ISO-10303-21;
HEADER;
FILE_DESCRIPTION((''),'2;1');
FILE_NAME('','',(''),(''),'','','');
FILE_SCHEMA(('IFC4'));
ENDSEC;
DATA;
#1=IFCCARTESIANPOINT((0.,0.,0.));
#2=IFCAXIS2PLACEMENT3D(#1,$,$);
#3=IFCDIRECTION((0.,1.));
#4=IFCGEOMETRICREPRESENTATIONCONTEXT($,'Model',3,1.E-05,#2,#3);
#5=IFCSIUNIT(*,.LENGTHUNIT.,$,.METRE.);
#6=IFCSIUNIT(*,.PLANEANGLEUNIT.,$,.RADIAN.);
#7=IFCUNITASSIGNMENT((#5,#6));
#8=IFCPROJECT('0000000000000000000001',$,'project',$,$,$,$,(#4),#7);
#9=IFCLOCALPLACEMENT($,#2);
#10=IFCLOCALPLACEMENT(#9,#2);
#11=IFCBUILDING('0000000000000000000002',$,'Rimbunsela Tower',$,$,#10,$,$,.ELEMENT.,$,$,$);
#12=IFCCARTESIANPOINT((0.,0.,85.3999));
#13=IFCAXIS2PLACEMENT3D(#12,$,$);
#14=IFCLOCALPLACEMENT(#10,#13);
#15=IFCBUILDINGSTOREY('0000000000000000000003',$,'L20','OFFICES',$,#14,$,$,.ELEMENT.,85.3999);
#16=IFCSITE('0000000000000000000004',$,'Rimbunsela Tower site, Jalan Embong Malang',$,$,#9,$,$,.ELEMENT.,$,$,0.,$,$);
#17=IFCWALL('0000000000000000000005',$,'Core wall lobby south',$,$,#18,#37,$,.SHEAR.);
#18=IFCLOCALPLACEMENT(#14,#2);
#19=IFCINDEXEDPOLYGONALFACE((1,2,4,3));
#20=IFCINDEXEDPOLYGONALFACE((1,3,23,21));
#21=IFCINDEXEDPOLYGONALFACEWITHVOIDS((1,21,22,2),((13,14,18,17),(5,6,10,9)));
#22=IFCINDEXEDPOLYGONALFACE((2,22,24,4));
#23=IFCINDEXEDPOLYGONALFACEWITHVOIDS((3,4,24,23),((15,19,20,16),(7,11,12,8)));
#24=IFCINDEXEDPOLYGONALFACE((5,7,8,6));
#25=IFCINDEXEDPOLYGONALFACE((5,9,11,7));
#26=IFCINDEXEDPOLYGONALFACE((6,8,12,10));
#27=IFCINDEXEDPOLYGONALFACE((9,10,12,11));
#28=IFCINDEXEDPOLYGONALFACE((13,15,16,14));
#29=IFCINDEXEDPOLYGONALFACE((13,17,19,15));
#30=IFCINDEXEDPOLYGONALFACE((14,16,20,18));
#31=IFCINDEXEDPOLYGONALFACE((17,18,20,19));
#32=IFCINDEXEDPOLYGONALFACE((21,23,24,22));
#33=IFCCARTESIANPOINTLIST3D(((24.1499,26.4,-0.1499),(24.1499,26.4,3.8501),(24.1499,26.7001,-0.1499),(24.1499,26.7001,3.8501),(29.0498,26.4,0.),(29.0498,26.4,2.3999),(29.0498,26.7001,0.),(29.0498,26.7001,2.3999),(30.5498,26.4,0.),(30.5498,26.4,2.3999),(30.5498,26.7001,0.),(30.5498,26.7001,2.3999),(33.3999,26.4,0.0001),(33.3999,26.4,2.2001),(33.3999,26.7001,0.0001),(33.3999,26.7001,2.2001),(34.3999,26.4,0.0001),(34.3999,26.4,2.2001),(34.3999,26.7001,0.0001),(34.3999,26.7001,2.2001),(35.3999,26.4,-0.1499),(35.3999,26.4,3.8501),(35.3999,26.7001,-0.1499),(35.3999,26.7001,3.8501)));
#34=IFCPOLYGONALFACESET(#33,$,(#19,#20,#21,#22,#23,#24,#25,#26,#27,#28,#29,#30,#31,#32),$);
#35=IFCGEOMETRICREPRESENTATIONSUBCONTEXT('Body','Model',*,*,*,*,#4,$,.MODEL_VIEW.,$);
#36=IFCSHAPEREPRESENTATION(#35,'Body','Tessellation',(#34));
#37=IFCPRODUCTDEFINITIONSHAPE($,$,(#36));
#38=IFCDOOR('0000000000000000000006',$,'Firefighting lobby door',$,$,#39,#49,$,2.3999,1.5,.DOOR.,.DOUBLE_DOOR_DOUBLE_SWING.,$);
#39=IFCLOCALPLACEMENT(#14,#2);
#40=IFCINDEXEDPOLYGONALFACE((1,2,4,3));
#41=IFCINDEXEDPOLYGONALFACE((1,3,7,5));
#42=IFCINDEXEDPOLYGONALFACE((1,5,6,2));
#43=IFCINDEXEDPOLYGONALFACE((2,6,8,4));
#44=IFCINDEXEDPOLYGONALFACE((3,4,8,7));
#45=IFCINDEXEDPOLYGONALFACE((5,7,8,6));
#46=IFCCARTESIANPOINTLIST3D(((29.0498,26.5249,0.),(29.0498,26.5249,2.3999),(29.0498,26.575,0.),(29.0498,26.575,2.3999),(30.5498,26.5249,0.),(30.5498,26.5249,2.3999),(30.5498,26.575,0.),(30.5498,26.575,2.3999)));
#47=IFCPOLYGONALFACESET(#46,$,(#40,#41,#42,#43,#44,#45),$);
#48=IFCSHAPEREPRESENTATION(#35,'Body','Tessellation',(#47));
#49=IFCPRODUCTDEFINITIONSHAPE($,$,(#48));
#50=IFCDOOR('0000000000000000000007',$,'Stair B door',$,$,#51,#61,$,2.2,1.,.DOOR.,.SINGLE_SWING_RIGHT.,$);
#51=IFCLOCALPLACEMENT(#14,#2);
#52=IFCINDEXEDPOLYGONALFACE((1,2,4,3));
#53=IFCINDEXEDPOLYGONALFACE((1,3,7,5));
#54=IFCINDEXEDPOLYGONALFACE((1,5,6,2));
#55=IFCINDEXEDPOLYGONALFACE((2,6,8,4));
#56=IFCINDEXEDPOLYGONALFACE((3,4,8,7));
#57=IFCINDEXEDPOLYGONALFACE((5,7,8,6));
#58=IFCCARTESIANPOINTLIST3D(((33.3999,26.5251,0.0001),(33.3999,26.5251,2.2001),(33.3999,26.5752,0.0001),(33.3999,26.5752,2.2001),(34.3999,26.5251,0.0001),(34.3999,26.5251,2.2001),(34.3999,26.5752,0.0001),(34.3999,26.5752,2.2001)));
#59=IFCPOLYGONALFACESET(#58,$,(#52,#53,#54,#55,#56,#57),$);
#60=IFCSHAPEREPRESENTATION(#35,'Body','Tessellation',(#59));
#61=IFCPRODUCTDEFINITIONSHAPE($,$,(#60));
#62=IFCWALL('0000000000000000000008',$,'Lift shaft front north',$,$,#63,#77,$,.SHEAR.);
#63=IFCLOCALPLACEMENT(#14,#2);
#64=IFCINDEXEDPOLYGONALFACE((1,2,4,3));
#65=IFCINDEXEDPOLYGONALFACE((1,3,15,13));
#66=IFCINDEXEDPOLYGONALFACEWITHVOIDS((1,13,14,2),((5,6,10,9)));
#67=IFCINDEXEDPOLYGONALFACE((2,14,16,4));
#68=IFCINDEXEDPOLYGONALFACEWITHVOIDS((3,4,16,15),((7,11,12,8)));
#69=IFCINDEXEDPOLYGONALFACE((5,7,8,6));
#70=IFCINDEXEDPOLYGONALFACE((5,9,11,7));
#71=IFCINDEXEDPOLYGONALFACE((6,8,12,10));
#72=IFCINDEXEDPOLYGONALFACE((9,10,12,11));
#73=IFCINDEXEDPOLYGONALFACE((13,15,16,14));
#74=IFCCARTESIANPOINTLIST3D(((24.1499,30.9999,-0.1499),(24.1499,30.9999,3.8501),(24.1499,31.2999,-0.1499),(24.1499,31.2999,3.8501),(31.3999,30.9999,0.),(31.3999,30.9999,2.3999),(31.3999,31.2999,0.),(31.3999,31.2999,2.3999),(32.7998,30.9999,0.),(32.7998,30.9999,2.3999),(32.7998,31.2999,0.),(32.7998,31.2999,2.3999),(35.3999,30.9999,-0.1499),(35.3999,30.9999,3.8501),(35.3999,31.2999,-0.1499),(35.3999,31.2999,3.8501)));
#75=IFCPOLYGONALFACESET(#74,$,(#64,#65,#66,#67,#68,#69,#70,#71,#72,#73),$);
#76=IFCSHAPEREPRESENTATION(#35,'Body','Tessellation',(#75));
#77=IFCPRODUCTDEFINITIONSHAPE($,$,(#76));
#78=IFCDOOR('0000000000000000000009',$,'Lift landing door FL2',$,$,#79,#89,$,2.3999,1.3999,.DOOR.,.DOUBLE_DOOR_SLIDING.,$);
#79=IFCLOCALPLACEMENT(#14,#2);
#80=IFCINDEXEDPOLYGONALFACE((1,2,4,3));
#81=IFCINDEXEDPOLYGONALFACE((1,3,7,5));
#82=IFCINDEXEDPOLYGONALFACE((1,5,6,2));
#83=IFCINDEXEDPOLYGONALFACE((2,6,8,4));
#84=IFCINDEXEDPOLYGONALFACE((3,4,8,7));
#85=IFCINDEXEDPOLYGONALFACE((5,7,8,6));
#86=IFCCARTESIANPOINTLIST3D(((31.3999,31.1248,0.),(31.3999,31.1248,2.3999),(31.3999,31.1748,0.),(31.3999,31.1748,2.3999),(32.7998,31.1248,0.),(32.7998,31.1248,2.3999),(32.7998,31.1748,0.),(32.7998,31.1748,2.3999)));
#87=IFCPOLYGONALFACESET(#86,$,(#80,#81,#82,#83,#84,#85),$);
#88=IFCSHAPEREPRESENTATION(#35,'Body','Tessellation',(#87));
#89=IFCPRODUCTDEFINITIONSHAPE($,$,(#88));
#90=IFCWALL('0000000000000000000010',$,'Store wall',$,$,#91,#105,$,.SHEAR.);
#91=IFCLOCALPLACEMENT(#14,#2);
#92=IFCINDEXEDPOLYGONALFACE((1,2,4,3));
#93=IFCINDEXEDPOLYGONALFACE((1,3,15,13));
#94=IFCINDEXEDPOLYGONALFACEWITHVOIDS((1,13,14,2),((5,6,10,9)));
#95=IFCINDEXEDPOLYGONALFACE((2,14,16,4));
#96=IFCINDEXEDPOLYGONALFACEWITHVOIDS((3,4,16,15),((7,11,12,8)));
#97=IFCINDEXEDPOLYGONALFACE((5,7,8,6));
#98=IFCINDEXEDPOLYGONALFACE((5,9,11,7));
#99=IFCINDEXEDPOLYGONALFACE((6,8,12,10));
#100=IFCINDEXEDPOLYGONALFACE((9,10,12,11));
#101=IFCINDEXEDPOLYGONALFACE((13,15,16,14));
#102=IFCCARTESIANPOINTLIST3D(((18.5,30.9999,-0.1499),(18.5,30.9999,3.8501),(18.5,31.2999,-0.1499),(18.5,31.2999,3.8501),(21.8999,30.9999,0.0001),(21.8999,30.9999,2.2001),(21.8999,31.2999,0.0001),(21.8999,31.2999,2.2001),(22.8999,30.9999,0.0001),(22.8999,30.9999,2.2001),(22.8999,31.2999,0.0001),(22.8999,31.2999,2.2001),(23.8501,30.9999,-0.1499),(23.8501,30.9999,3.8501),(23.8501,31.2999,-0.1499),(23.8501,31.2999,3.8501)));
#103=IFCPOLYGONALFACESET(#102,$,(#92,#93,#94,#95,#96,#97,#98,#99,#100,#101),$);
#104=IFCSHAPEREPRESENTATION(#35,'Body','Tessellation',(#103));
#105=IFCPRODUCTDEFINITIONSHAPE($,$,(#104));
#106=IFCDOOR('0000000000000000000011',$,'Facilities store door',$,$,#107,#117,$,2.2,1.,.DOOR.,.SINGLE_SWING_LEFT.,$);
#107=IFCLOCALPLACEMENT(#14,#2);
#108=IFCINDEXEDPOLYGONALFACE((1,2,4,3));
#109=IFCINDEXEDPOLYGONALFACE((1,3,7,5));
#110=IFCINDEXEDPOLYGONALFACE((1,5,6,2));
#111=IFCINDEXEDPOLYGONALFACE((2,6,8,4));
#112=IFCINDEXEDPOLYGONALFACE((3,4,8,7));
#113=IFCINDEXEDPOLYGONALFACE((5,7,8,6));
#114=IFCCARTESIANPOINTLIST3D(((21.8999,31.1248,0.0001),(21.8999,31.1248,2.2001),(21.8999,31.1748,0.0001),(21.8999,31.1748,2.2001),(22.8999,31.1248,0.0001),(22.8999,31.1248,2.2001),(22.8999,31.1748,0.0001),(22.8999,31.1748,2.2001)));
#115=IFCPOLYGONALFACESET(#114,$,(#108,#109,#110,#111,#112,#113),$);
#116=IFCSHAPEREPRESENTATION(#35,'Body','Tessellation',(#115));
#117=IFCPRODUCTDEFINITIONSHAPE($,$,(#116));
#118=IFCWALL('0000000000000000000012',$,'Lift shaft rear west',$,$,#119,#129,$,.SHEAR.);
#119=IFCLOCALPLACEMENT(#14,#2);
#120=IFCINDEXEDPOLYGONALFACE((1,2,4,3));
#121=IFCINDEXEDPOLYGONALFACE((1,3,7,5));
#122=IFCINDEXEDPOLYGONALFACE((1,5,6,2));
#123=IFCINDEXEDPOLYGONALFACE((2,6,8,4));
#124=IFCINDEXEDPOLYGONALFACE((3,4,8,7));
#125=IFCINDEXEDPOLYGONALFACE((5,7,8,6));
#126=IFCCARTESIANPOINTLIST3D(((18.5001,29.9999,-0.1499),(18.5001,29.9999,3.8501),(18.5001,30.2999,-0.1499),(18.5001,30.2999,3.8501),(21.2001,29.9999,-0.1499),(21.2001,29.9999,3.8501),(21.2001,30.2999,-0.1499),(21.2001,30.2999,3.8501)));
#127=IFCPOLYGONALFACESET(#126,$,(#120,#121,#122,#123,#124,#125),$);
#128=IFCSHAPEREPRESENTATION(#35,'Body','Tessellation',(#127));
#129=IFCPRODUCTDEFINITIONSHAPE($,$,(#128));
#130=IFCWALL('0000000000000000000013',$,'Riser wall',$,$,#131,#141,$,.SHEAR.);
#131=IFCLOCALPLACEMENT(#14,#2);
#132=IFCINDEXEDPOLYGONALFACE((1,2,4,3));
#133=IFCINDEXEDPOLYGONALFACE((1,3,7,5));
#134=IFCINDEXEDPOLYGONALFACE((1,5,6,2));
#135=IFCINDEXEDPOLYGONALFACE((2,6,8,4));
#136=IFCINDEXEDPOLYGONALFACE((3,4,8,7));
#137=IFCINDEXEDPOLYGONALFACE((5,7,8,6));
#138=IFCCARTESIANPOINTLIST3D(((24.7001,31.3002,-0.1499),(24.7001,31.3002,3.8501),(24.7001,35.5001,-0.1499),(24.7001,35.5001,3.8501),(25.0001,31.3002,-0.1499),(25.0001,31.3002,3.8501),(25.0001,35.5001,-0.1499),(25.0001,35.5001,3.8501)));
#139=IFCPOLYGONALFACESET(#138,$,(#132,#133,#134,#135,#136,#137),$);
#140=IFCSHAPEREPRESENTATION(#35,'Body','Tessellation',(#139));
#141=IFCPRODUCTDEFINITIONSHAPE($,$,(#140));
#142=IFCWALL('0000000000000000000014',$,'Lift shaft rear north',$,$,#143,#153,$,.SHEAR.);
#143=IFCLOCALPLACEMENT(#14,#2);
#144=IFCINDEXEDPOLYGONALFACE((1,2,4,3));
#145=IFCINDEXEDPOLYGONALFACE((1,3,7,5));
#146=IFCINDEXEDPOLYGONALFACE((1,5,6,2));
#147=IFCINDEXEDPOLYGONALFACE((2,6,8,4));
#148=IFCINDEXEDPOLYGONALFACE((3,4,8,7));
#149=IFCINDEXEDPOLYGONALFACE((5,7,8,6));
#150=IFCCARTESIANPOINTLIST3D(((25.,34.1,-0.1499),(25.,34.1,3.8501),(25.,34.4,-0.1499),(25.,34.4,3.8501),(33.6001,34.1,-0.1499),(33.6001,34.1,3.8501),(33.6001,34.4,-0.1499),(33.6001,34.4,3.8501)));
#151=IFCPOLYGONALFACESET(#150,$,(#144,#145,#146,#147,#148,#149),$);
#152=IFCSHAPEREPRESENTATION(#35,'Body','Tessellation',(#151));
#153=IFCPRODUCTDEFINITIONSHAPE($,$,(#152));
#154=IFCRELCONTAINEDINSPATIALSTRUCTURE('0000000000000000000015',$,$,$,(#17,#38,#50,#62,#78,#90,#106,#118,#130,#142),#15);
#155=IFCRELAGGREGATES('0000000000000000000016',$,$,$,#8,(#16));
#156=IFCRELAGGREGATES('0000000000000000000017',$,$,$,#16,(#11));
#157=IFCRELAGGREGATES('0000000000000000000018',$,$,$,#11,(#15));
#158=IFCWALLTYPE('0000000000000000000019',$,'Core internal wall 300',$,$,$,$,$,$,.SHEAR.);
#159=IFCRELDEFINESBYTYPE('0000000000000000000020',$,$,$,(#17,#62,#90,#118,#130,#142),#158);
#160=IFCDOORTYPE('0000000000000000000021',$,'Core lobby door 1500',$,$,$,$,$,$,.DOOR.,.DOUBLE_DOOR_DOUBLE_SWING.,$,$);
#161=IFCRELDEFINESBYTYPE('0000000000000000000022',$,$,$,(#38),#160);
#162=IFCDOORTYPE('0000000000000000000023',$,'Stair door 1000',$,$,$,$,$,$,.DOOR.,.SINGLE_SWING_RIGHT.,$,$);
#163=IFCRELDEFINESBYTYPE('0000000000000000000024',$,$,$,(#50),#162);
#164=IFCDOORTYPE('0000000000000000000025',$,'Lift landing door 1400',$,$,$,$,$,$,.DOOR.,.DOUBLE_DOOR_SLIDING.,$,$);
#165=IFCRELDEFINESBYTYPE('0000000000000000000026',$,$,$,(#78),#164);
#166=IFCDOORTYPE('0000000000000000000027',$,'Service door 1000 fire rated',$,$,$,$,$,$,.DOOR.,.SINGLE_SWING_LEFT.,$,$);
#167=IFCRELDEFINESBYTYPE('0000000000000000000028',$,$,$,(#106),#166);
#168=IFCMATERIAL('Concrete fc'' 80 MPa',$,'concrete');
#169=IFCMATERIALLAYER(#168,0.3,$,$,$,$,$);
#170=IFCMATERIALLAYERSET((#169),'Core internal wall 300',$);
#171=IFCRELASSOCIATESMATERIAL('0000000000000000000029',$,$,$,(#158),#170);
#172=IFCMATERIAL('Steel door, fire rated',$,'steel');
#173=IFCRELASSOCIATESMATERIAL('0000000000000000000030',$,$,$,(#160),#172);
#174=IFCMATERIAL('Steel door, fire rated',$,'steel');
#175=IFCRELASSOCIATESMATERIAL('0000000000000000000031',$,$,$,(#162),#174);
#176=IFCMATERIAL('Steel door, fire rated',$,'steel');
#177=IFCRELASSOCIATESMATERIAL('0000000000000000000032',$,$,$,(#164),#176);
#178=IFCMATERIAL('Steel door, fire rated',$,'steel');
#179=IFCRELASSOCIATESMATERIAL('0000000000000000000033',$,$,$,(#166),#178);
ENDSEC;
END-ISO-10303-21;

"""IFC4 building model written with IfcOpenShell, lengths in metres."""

from ifc_helpers import new_model, si_unit, direction, frame, frame_2d, origin, place, context, subcontext, project, spatial, rectangle, extrude, material, layer, layer_set, type_object, element, fill, save


model = new_model("IFC4")

# Units and contexts
model_context = context("Model", 3, precision=1e-05, world=origin(), true_north=direction((0.0, 1.0)))
body_context = subcontext(model_context, "Body", "Model", "MODEL_VIEW")
ifc_project = project(units=[si_unit("LENGTHUNIT", "METRE"), si_unit("PLANEANGLEUNIT", "RADIAN")], contexts=[model_context])

# Site, building, storey
site_placement = place(None, origin())
site = spatial("IfcSite", under=ifc_project, at=site_placement, Name="Rimbunsela Tower site, Jalan Embong Malang", CompositionType="ELEMENT", RefElevation=0.0)
building_placement = place(site_placement, origin())
building = spatial("IfcBuilding", under=site, at=building_placement, Name="Rimbunsela Tower", CompositionType="ELEMENT")
storey_placement = place(building_placement, frame((0.0, 0.0, 85.3999)))
storey = spatial("IfcBuildingStorey", under=building, at=storey_placement, Name="L20", Description="OFFICES", CompositionType="ELEMENT", Elevation=85.3999)

# Wall, openings, doors
ifc_material_1 = material(Name="Concrete fc' 80 MPa", Category="concrete")
ifc_layer_1 = layer(ifc_material_1, 0.3)
ifc_layer_set_1 = layer_set([ifc_layer_1], Name="Core internal wall 300")
wall_type_1 = type_object("IfcWallType", Name="Core internal wall 300", PredefinedType="SHEAR", material=ifc_layer_set_1)
wall_1_placement = place(storey_placement, frame((24.1499, 26.55, -0.1499), z_axis=(0.0, 0.0, 1.0), x_axis=(1.0, 0.0, 0.0)))
wall_1 = element("IfcWall", 1, at=wall_1_placement, inside=storey, type_object=wall_type_1, Name="Core wall lobby south", PredefinedType="SHEAR", context=body_context, shape_type="SweptSolid", body=[
    extrude(rectangle(XDim=11.25, YDim=0.3, at=frame_2d((5.625, 0.0))), origin(), (0.0, 0.0, 1.0), 4.0),
])
opening_1_placement = place(wall_1_placement, frame((9.25, 0.0, 0.1499)))
opening_1 = element("IfcOpeningElement", 2, at=opening_1_placement, cuts=wall_1, PredefinedType="OPENING", context=body_context, shape_type="SweptSolid", body=[
    extrude(rectangle(XDim=1.0, YDim=2.2, at=frame_2d((0.5, 1.1001))), frame((0.0, 0.1599, 0.0), z_axis=(0.0, -1.0, 0.0), x_axis=(1.0, 0.0, 0.0)), (0.0, 0.0, 1.0), 0.3201),
])
opening_2_placement = place(wall_1_placement, frame((4.8999, 0.0, 0.1499)))
opening_2 = element("IfcOpeningElement", 3, at=opening_2_placement, cuts=wall_1, PredefinedType="OPENING", context=body_context, shape_type="SweptSolid", body=[
    extrude(rectangle(XDim=1.5, YDim=2.3999, at=frame_2d((0.75, 1.2))), frame((0.0, 0.1599, 0.0), z_axis=(0.0, -1.0, 0.0), x_axis=(1.0, 0.0, 0.0)), (0.0, 0.0, 1.0), 0.3201),
])
ifc_material_2 = material(Name="Steel door, fire rated", Category="steel")
door_type_1 = type_object("IfcDoorType", Name="Core lobby door 1500", OperationType="DOUBLE_DOOR_DOUBLE_SWING", PredefinedType="DOOR", material=ifc_material_2)
door_1_placement = place(opening_2_placement, origin())
door_1 = element("IfcDoor", 4, at=door_1_placement, inside=storey, type_object=door_type_1, Name="Firefighting lobby door", OperationType="DOUBLE_DOOR_DOUBLE_SWING", OverallHeight=2.3999, OverallWidth=1.5, PredefinedType="DOOR", context=body_context, shape_type="SweptSolid", body=[
    extrude(rectangle(XDim=1.5, YDim=2.3999, at=frame_2d((0.75, 1.2))), frame((0.0, 0.0249, 0.0), z_axis=(0.0, -1.0, 0.0), x_axis=(1.0, 0.0, 0.0)), (0.0, 0.0, 1.0), 0.05),
])
fill(opening_2, door_1)
ifc_material_3 = material(Name="Steel door, fire rated", Category="steel")
door_type_2 = type_object("IfcDoorType", Name="Stair door 1000", OperationType="SINGLE_SWING_RIGHT", PredefinedType="DOOR", material=ifc_material_3)
door_2_placement = place(opening_1_placement, frame((1.0, 0.0, 0.0), z_axis=(0.0, 0.0, 1.0), x_axis=(-1.0, 0.0, 0.0)))
door_2 = element("IfcDoor", 5, at=door_2_placement, inside=storey, type_object=door_type_2, Name="Stair B door", OperationType="SINGLE_SWING_RIGHT", OverallHeight=2.2, OverallWidth=1.0, PredefinedType="DOOR", context=body_context, shape_type="SweptSolid", body=[
    extrude(rectangle(XDim=1.0, YDim=2.2, at=frame_2d((0.5, 1.1001))), frame((0.0, 0.0249, 0.0), z_axis=(0.0, -1.0, 0.0), x_axis=(1.0, 0.0, 0.0)), (0.0, 0.0, 1.0), 0.05),
])
fill(opening_1, door_2)

# Walls, openings, doors
wall_2_placement = place(storey_placement, frame((24.1499, 31.1499, -0.1499), z_axis=(0.0, 0.0, 1.0), x_axis=(1.0, 0.0, 0.0)))
wall_2 = element("IfcWall", 6, at=wall_2_placement, inside=storey, type_object=wall_type_1, Name="Lift shaft front north", PredefinedType="SHEAR", context=body_context, shape_type="SweptSolid", body=[
    extrude(rectangle(XDim=11.25, YDim=0.3, at=frame_2d((5.625, 0.0))), origin(), (0.0, 0.0, 1.0), 4.0),
])
opening_3_placement = place(wall_2_placement, frame((7.25, 0.0, 0.1499)))
opening_3 = element("IfcOpeningElement", 7, at=opening_3_placement, cuts=wall_2, PredefinedType="OPENING", context=body_context, shape_type="SweptSolid", body=[
    extrude(rectangle(XDim=1.3999, YDim=2.3999, at=frame_2d((0.7, 1.2))), frame((0.0, 0.1599, 0.0), z_axis=(0.0, -1.0, 0.0), x_axis=(1.0, 0.0, 0.0)), (0.0, 0.0, 1.0), 0.3201),
])
ifc_material_4 = material(Name="Steel door, fire rated", Category="steel")
door_type_3 = type_object("IfcDoorType", Name="Lift landing door 1400", OperationType="DOUBLE_DOOR_SLIDING", PredefinedType="DOOR", material=ifc_material_4)
door_3_placement = place(opening_3_placement, origin())
door_3 = element("IfcDoor", 8, at=door_3_placement, inside=storey, type_object=door_type_3, Name="Lift landing door FL2", OperationType="DOUBLE_DOOR_SLIDING", OverallHeight=2.3999, OverallWidth=1.3999, PredefinedType="DOOR", context=body_context, shape_type="SweptSolid", body=[
    extrude(rectangle(XDim=1.3999, YDim=2.3999, at=frame_2d((0.7, 1.2))), frame((0.0, 0.0249, 0.0), z_axis=(0.0, -1.0, 0.0), x_axis=(1.0, 0.0, 0.0)), (0.0, 0.0, 1.0), 0.05),
])
fill(opening_3, door_3)
wall_3_placement = place(storey_placement, frame((18.5, 31.1499, -0.1499), z_axis=(0.0, 0.0, 1.0), x_axis=(1.0, 0.0, 0.0)))
wall_3 = element("IfcWall", 9, at=wall_3_placement, inside=storey, type_object=wall_type_1, Name="Store wall", PredefinedType="SHEAR", context=body_context, shape_type="SweptSolid", body=[
    extrude(rectangle(XDim=5.3501, YDim=0.3, at=frame_2d((2.675, 0.0))), origin(), (0.0, 0.0, 1.0), 4.0),
])
opening_4_placement = place(wall_3_placement, frame((3.3999, 0.0, 0.1499)))
opening_4 = element("IfcOpeningElement", 10, at=opening_4_placement, cuts=wall_3, PredefinedType="OPENING", context=body_context, shape_type="SweptSolid", body=[
    extrude(rectangle(XDim=1.0, YDim=2.2, at=frame_2d((0.5, 1.1001))), frame((0.0, 0.1599, 0.0), z_axis=(0.0, -1.0, 0.0), x_axis=(1.0, 0.0, 0.0)), (0.0, 0.0, 1.0), 0.3201),
])
ifc_material_5 = material(Name="Steel door, fire rated", Category="steel")
door_type_4 = type_object("IfcDoorType", Name="Service door 1000 fire rated", OperationType="SINGLE_SWING_LEFT", PredefinedType="DOOR", material=ifc_material_5)
door_4_placement = place(opening_4_placement, origin())
door_4 = element("IfcDoor", 11, at=door_4_placement, inside=storey, type_object=door_type_4, Name="Facilities store door", OperationType="SINGLE_SWING_LEFT", OverallHeight=2.2, OverallWidth=1.0, PredefinedType="DOOR", context=body_context, shape_type="SweptSolid", body=[
    extrude(rectangle(XDim=1.0, YDim=2.2, at=frame_2d((0.5, 1.1001))), frame((0.0, 0.0249, 0.0), z_axis=(0.0, -1.0, 0.0), x_axis=(1.0, 0.0, 0.0)), (0.0, 0.0, 1.0), 0.05),
])
fill(opening_4, door_4)

# Walls
wall_4_placement = place(storey_placement, frame((18.5, 30.1499, -0.1499), z_axis=(0.0, 0.0, 1.0), x_axis=(1.0, 0.0, 0.0)))
element("IfcWall", 12, at=wall_4_placement, inside=storey, type_object=wall_type_1, Name="Lift shaft rear west", PredefinedType="SHEAR", context=body_context, shape_type="SweptSolid", body=[
    extrude(rectangle(XDim=2.7, YDim=0.3, at=frame_2d((1.3501, 0.0))), origin(), (0.0, 0.0, 1.0), 4.0),
])
wall_5_placement = place(storey_placement, frame((24.8501, 31.3, -0.1499), z_axis=(0.0, 0.0, 1.0), x_axis=(0.0, 1.0, 0.0)))
element("IfcWall", 13, at=wall_5_placement, inside=storey, type_object=wall_type_1, Name="Riser wall", PredefinedType="SHEAR", context=body_context, shape_type="SweptSolid", body=[
    extrude(rectangle(XDim=4.2, YDim=0.3, at=frame_2d((2.1001, 0.0))), origin(), (0.0, 0.0, 1.0), 4.0),
])
wall_6_placement = place(storey_placement, frame((25.0, 34.25, -0.1499), z_axis=(0.0, 0.0, 1.0), x_axis=(1.0, 0.0, 0.0)))
element("IfcWall", 14, at=wall_6_placement, inside=storey, type_object=wall_type_1, Name="Lift shaft rear north", PredefinedType="SHEAR", context=body_context, shape_type="SweptSolid", body=[
    extrude(rectangle(XDim=8.6001, YDim=0.3, at=frame_2d((4.3, 0.0))), origin(), (0.0, 0.0, 1.0), 4.0),
])

save(model, "model.ifc")
